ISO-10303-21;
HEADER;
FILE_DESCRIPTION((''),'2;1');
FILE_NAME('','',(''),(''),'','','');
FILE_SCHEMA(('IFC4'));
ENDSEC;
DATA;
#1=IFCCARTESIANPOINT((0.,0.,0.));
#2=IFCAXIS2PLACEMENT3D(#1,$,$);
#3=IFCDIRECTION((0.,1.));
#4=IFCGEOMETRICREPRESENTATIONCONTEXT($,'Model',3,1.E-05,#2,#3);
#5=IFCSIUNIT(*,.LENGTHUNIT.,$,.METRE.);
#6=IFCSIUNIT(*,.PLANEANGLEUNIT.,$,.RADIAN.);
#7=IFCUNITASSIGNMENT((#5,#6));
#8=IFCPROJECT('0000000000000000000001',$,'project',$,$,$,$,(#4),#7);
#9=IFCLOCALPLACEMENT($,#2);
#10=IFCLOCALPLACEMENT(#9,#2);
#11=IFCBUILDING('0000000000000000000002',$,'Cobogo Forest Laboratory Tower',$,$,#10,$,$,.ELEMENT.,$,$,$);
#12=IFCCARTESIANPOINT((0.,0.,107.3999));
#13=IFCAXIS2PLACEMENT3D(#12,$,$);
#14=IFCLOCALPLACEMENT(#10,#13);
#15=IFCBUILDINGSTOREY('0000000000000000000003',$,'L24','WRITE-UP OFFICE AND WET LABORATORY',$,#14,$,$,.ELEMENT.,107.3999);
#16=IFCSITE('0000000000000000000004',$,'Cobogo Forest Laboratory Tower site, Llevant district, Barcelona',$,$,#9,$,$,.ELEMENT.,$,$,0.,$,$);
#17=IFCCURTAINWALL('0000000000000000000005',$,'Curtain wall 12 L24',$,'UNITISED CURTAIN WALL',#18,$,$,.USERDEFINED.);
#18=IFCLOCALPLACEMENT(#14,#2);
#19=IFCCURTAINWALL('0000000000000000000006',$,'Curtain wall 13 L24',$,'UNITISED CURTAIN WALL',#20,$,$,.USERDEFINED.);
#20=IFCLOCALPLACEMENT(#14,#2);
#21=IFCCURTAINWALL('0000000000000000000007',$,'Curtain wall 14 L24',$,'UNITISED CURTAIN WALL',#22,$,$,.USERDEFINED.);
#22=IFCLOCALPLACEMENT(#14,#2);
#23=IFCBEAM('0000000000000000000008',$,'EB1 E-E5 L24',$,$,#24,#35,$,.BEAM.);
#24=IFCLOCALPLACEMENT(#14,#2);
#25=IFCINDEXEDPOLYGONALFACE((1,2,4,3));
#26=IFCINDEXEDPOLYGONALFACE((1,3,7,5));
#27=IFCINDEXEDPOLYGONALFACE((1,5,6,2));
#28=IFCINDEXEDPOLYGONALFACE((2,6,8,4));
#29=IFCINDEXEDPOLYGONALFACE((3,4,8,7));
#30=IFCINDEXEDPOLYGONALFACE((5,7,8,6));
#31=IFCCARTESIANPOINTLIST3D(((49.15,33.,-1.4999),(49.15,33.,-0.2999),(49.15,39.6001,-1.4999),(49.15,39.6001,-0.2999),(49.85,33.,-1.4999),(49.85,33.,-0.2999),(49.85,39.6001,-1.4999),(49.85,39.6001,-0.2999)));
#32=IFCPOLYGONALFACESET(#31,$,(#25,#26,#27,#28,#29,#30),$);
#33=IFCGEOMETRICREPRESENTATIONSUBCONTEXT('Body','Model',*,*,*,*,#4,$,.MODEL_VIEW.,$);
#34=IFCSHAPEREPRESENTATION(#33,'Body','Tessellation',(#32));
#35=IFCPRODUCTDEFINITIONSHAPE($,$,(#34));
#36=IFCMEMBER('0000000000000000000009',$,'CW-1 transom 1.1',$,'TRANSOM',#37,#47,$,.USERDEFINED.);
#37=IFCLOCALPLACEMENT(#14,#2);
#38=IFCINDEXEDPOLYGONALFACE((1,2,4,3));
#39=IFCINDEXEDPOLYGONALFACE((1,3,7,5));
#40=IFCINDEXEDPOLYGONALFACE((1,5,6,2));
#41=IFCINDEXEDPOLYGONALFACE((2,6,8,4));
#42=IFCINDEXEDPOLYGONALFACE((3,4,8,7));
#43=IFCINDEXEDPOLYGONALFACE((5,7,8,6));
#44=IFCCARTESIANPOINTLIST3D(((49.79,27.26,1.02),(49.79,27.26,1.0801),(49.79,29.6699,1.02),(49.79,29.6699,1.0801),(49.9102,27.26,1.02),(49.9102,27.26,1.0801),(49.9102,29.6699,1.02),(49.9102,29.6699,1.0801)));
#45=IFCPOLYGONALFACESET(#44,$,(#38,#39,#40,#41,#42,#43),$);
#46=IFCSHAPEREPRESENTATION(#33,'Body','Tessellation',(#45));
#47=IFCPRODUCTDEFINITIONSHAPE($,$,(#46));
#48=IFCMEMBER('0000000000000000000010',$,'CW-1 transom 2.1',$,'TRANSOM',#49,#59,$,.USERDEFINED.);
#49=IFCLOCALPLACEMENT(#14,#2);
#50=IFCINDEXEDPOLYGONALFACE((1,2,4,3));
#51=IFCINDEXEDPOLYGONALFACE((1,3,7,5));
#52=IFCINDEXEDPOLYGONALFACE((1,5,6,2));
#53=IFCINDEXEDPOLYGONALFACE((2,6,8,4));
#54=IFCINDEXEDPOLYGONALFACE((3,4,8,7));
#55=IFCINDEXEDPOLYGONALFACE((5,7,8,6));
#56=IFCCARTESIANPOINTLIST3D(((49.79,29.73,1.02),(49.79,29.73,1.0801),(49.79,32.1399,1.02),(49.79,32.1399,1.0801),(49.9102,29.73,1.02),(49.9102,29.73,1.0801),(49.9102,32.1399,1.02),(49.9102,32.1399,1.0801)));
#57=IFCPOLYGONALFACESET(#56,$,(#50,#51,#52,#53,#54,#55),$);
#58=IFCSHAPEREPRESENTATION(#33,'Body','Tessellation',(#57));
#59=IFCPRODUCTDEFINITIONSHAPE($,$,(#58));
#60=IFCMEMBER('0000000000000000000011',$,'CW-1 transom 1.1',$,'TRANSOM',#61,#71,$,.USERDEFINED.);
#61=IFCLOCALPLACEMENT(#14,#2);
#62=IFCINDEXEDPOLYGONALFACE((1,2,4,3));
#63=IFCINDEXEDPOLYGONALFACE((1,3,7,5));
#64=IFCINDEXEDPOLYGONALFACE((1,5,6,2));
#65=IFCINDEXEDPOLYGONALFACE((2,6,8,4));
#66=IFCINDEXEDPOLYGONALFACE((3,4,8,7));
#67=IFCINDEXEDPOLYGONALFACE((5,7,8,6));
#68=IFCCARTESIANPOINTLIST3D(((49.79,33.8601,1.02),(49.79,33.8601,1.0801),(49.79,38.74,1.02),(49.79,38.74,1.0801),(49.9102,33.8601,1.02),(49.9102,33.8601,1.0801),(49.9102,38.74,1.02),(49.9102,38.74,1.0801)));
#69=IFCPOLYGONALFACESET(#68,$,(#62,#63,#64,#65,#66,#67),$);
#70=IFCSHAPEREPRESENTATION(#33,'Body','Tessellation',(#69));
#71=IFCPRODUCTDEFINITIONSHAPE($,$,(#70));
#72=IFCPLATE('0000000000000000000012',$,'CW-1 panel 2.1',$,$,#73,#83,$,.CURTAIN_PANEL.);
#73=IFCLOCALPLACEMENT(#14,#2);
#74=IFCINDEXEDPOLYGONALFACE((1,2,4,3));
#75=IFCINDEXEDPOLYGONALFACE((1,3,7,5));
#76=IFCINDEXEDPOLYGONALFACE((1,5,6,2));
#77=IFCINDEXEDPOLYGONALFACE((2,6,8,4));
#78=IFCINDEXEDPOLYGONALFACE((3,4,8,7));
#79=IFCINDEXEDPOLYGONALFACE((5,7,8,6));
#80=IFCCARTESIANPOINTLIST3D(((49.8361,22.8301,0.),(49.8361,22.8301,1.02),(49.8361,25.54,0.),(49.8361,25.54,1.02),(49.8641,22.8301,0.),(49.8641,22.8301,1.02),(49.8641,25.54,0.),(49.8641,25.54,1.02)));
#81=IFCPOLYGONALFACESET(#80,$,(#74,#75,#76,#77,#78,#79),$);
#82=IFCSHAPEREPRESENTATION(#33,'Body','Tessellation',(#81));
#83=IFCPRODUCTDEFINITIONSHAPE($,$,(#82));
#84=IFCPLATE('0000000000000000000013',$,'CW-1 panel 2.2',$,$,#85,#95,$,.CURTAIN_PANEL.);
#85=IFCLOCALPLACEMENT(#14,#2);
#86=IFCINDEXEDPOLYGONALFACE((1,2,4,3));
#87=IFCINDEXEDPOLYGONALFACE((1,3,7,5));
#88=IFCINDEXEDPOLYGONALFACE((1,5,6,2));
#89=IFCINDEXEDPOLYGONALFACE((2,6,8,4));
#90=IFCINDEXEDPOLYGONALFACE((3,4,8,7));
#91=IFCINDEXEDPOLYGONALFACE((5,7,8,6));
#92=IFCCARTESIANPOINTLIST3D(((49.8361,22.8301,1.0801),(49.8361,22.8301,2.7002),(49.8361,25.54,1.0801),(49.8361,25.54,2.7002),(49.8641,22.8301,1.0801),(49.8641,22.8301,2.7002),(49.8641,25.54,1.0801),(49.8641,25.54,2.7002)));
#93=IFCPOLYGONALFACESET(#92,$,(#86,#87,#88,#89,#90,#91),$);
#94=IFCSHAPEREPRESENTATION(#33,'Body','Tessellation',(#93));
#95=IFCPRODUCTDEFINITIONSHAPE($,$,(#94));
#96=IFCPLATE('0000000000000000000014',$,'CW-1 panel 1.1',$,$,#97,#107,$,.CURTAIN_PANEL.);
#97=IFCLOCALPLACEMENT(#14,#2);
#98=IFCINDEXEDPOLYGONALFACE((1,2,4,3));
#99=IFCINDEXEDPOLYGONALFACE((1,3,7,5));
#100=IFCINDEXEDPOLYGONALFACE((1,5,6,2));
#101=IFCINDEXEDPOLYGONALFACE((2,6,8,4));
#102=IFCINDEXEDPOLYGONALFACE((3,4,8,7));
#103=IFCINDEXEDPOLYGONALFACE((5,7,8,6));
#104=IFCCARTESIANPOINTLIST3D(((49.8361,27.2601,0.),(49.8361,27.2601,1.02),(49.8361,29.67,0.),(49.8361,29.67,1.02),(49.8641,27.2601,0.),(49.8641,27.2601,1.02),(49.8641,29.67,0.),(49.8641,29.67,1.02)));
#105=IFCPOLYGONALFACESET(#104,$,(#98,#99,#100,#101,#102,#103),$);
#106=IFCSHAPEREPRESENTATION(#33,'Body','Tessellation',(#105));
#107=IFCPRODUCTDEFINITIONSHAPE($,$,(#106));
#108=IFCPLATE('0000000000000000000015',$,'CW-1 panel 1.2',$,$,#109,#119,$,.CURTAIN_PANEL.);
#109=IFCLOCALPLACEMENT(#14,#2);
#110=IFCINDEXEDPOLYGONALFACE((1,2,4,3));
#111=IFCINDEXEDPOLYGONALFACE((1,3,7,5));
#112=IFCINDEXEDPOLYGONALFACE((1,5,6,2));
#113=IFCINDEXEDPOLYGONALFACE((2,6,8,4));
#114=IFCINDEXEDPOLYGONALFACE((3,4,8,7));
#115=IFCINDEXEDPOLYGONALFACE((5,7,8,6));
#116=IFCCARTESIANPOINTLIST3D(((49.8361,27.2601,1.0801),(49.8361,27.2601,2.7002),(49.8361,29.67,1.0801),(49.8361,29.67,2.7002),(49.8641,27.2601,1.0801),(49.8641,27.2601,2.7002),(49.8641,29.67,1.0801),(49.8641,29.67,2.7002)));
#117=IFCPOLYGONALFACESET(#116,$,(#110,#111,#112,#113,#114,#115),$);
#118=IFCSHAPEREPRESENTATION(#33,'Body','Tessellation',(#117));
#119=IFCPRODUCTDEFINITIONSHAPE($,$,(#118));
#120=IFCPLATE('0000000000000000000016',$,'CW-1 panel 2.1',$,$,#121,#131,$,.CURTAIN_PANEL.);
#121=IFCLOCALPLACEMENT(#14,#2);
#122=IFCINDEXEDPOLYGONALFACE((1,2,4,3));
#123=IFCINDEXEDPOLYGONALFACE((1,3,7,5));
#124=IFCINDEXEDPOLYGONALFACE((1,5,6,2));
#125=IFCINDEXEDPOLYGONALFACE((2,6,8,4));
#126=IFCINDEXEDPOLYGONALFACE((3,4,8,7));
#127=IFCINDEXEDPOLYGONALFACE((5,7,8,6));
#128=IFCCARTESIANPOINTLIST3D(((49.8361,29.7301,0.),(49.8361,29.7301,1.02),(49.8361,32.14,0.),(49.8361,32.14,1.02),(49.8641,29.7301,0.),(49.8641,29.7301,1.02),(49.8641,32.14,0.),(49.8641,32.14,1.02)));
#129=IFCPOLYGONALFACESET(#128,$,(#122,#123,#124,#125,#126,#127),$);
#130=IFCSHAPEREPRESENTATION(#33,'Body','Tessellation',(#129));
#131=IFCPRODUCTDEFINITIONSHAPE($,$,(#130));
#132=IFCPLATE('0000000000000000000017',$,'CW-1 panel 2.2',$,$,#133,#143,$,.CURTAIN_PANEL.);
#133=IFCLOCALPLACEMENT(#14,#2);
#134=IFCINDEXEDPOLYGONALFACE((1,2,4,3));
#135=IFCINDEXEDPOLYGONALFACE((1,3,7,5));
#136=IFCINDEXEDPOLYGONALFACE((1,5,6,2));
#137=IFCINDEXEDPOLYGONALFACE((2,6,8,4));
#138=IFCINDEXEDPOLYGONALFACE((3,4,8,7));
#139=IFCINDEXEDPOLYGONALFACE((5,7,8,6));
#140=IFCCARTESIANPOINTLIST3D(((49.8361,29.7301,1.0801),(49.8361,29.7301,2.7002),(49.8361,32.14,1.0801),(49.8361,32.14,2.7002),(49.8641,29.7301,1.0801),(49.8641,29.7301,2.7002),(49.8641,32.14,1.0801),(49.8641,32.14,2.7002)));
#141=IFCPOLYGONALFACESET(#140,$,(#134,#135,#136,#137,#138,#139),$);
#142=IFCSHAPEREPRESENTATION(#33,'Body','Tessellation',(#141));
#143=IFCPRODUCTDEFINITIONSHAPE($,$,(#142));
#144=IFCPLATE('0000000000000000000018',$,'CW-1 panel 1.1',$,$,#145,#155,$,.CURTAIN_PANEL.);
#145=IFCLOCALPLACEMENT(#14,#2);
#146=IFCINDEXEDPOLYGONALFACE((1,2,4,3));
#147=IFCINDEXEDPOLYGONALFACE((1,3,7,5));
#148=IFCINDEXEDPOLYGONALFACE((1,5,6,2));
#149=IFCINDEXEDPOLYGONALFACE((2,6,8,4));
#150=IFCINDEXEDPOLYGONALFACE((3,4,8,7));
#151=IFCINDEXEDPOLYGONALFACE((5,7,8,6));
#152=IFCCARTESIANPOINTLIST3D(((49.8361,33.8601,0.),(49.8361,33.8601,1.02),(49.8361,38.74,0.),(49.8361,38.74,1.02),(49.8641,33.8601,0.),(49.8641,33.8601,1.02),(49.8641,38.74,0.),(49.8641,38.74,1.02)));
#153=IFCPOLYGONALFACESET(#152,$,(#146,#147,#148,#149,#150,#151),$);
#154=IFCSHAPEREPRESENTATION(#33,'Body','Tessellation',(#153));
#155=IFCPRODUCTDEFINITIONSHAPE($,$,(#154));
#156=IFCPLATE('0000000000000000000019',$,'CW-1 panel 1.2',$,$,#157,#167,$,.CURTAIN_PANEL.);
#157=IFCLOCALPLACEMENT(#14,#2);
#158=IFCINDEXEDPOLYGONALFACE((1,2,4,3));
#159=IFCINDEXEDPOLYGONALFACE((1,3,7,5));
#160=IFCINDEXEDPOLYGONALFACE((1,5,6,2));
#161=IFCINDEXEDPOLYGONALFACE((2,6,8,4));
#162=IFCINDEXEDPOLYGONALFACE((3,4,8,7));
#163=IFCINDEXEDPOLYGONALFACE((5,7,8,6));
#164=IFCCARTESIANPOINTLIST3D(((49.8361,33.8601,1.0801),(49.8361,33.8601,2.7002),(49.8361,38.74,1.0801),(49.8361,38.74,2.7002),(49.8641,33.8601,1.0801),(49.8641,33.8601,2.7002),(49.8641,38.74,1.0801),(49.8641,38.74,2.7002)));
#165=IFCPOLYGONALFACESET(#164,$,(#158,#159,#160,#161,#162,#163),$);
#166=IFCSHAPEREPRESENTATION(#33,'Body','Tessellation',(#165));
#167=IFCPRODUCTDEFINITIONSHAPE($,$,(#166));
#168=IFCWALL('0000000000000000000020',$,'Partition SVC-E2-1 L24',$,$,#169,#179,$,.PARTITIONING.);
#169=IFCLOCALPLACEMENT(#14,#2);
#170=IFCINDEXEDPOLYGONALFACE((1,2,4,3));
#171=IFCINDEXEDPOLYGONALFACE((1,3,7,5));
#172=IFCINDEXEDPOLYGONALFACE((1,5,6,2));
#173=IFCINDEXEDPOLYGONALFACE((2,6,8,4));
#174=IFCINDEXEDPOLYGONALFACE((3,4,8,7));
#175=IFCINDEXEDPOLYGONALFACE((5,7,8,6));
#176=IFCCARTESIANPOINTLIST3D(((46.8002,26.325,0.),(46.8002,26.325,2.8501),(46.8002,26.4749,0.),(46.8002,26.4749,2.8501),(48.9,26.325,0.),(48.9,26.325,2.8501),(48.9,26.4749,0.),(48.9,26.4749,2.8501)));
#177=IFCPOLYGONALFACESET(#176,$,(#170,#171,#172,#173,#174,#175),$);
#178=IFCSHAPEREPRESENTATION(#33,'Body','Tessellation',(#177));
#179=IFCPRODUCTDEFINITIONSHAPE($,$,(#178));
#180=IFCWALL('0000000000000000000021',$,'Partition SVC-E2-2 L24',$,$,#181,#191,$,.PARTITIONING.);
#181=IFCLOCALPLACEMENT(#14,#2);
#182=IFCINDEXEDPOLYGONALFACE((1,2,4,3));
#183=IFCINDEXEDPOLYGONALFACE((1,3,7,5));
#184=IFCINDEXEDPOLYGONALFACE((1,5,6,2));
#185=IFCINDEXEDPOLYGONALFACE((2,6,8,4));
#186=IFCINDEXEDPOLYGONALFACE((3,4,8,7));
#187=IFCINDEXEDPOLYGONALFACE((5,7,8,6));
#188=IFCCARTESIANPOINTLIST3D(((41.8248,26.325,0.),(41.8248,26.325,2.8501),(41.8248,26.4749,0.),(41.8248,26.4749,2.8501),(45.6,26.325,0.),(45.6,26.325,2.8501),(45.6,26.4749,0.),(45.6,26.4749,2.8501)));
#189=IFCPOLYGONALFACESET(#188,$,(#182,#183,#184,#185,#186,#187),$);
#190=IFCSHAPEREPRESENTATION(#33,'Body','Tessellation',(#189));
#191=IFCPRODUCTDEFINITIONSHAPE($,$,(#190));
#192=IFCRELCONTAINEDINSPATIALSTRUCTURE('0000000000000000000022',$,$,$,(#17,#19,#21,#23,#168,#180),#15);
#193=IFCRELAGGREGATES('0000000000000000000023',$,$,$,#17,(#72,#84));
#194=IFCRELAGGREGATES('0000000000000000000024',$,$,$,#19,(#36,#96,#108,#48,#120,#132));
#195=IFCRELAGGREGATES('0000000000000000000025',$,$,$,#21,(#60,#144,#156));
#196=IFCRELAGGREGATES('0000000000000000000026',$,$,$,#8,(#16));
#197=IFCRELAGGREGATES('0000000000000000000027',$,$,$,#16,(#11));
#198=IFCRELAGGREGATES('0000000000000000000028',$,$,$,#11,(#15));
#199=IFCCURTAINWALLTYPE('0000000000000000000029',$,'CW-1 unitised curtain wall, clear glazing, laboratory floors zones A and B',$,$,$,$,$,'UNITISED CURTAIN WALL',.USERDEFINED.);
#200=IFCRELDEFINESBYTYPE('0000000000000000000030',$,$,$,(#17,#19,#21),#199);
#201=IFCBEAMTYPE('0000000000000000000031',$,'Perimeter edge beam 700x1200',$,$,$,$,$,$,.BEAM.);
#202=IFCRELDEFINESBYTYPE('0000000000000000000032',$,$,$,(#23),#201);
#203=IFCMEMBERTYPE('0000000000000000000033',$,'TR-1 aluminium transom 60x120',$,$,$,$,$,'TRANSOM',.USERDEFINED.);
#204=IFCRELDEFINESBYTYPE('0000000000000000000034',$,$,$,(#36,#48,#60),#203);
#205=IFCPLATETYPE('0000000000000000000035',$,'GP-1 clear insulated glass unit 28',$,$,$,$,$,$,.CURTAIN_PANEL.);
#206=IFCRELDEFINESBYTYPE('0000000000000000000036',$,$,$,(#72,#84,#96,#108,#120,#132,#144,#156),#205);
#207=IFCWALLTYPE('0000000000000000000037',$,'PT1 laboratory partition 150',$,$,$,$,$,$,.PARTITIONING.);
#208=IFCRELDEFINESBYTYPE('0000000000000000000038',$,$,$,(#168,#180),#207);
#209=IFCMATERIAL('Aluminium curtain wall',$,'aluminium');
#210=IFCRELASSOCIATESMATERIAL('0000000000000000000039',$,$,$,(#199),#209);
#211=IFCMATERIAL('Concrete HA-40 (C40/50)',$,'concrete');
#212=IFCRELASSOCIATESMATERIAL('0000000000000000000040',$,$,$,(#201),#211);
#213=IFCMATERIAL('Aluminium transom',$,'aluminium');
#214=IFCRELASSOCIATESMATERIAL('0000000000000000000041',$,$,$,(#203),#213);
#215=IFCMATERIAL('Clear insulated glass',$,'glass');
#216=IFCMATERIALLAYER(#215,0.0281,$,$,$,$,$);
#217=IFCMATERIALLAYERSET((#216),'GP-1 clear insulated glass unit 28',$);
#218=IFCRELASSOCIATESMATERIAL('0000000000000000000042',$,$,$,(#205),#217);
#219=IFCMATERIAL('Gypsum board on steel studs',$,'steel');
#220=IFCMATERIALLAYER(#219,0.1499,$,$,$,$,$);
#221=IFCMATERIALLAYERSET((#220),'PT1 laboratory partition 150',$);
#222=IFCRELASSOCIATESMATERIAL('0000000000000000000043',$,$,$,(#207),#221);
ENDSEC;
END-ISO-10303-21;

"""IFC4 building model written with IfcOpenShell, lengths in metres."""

from ifc_helpers import new_model, si_unit, direction, frame, frame_2d, origin, origin_2d, place, context, subcontext, project, spatial, rectangle, extrude, material, layer, layer_set, material_profile, profile_set, type_object, element, aggregate, save


model = new_model("IFC4")

# Units and contexts
model_context = context("Model", 3, precision=1e-05, world=origin(), true_north=direction((0.0, 1.0)))
body_context = subcontext(model_context, "Body", "Model", "MODEL_VIEW")
ifc_project = project(units=[si_unit("LENGTHUNIT", "METRE"), si_unit("PLANEANGLEUNIT", "RADIAN")], contexts=[model_context])

# Site, building, storey
site_placement = place(None, origin())
site = spatial("IfcSite", under=ifc_project, at=site_placement, Name="Cobogo Forest Laboratory Tower site, Llevant district, Barcelona", CompositionType="ELEMENT", RefElevation=0.0)
building_placement = place(site_placement, origin())
building = spatial("IfcBuilding", under=site, at=building_placement, Name="Cobogo Forest Laboratory Tower", CompositionType="ELEMENT")
storey_placement = place(building_placement, frame((0.0, 0.0, 107.3999)))
storey = spatial("IfcBuildingStorey", under=building, at=storey_placement, Name="L24", Description="WRITE-UP OFFICE AND WET LABORATORY", CompositionType="ELEMENT", Elevation=107.3999)

# Shared definitions
ifc_material_1 = material(Name="Concrete HA-40 (C40/50)", Category="concrete")

# Curtain wall
ifc_material_2 = material(Name="Aluminium curtain wall", Category="aluminium")
curtain_wall_type = type_object("IfcCurtainWallType", Name="CW-1 unitised curtain wall, clear glazing, laboratory floors zones A and B", ElementType="UNITISED CURTAIN WALL", PredefinedType="USERDEFINED", material=ifc_material_2)
curtain_wall_1_placement = place(storey_placement, origin())
curtain_wall_1 = element("IfcCurtainWall", 1, at=curtain_wall_1_placement, inside=storey, type_object=curtain_wall_type, Name="Curtain wall 12 L24", ObjectType="UNITISED CURTAIN WALL", PredefinedType="USERDEFINED")

# Curtain walls
curtain_wall_2_placement = place(storey_placement, origin())
curtain_wall_2 = element("IfcCurtainWall", 2, at=curtain_wall_2_placement, inside=storey, type_object=curtain_wall_type, Name="Curtain wall 13 L24", ObjectType="UNITISED CURTAIN WALL", PredefinedType="USERDEFINED")
curtain_wall_3_placement = place(storey_placement, origin())
curtain_wall_3 = element("IfcCurtainWall", 3, at=curtain_wall_3_placement, inside=storey, type_object=curtain_wall_type, Name="Curtain wall 14 L24", ObjectType="UNITISED CURTAIN WALL", PredefinedType="USERDEFINED")

# Beam
ifc_material_profile_1 = material_profile(ifc_material_1, rectangle(XDim=0.7, YDim=1.2, at=origin_2d()), Name="RC 700x1200")
ifc_profile_set_1 = profile_set([ifc_material_profile_1], Name="Concrete HA-40 (C40/50)")
beam_type_1 = type_object("IfcBeamType", Name="Perimeter edge beam 700x1200", PredefinedType="BEAM", material=ifc_profile_set_1)
for number, where, z_axis, x_axis, name in (
    (4, (49.5, 33.0, -0.8999), (0.0, 1.0, 0.0), (-1.0, 0.0, 0.0), "EB1 E-E5 L24"),
):
    element("IfcBeam", number, at=place(storey_placement, frame(where, z_axis=z_axis, x_axis=x_axis)), inside=storey, type_object=beam_type_1, Name=name, PredefinedType="BEAM", context=body_context, shape_type="SweptSolid", body=[
        extrude(rectangle(XDim=0.7, YDim=1.2, at=origin_2d()), origin(), (0.0, 0.0, 1.0), 6.6001),
    ])

# Members
ifc_material_3 = material(Name="Aluminium transom", Category="aluminium")
ifc_material_profile_2 = material_profile(ifc_material_3, rectangle(XDim=0.1201, YDim=0.0601, at=origin_2d()), Name="AL 60x120")
ifc_profile_set_2 = profile_set([ifc_material_profile_2], Name="Aluminium transom")
member_type_1 = type_object("IfcMemberType", Name="TR-1 aluminium transom 60x120", ElementType="TRANSOM", PredefinedType="USERDEFINED", material=ifc_profile_set_2)
member_1_placement = place(storey_placement, frame((49.8501, 27.26, 1.05), z_axis=(0.0, 1.0, 0.0), x_axis=(-1.0, 0.0, 0.0)))
member_1 = element("IfcMember", 5, at=member_1_placement, type_object=member_type_1, Name="CW-1 transom 1.1", ObjectType="TRANSOM", PredefinedType="USERDEFINED", context=body_context, shape_type="SweptSolid", body=[
    extrude(rectangle(XDim=0.1201, YDim=0.0601, at=origin_2d()), origin(), (0.0, 0.0, 1.0), 2.4099),
])
member_2_placement = place(storey_placement, frame((49.8501, 29.73, 1.05), z_axis=(0.0, 1.0, 0.0), x_axis=(-1.0, 0.0, 0.0)))
member_2 = element("IfcMember", 6, at=member_2_placement, type_object=member_type_1, Name="CW-1 transom 2.1", ObjectType="TRANSOM", PredefinedType="USERDEFINED", context=body_context, shape_type="SweptSolid", body=[
    extrude(rectangle(XDim=0.1201, YDim=0.0601, at=origin_2d()), origin(), (0.0, 0.0, 1.0), 2.4099),
])
member_3_placement = place(storey_placement, frame((49.8501, 33.8601, 1.05), z_axis=(0.0, 1.0, 0.0), x_axis=(-1.0, 0.0, 0.0)))
member_3 = element("IfcMember", 7, at=member_3_placement, type_object=member_type_1, Name="CW-1 transom 1.1", ObjectType="TRANSOM", PredefinedType="USERDEFINED", context=body_context, shape_type="SweptSolid", body=[
    extrude(rectangle(XDim=0.1201, YDim=0.0601, at=origin_2d()), origin(), (0.0, 0.0, 1.0), 4.8799),
])

# Plates
ifc_material_4 = material(Name="Clear insulated glass", Category="glass")
ifc_layer_1 = layer(ifc_material_4, 0.0281)
ifc_layer_set_1 = layer_set([ifc_layer_1], Name="GP-1 clear insulated glass unit 28")
plate_type_1 = type_object("IfcPlateType", Name="GP-1 clear insulated glass unit 28", PredefinedType="CURTAIN_PANEL", material=ifc_layer_set_1)
plate_1_placement = place(storey_placement, frame((49.8501, 24.1851, 0.0), z_axis=(0.0, 0.0, 1.0), x_axis=(0.0, 1.0, 0.0)))
plate_1 = element("IfcPlate", 8, at=plate_1_placement, type_object=plate_type_1, Name="CW-1 panel 2.1", PredefinedType="CURTAIN_PANEL", context=body_context, shape_type="SweptSolid", body=[
    extrude(rectangle(XDim=2.71, YDim=0.0281, at=origin_2d()), origin(), (0.0, 0.0, 1.0), 1.02),
])
plate_2_placement = place(storey_placement, frame((49.8501, 24.1851, 1.0801), z_axis=(0.0, 0.0, 1.0), x_axis=(0.0, 1.0, 0.0)))
plate_2 = element("IfcPlate", 9, at=plate_2_placement, type_object=plate_type_1, Name="CW-1 panel 2.2", PredefinedType="CURTAIN_PANEL", context=body_context, shape_type="SweptSolid", body=[
    extrude(rectangle(XDim=2.71, YDim=0.0281, at=origin_2d()), origin(), (0.0, 0.0, 1.0), 1.6201),
])
aggregate(curtain_wall_1, [plate_1, plate_2])
plate_3_placement = place(storey_placement, frame((49.8501, 28.4651, 0.0), z_axis=(0.0, 0.0, 1.0), x_axis=(0.0, 1.0, 0.0)))
plate_3 = element("IfcPlate", 10, at=plate_3_placement, type_object=plate_type_1, Name="CW-1 panel 1.1", PredefinedType="CURTAIN_PANEL", context=body_context, shape_type="SweptSolid", body=[
    extrude(rectangle(XDim=2.4099, YDim=0.0281, at=origin_2d()), origin(), (0.0, 0.0, 1.0), 1.02),
])
plate_4_placement = place(storey_placement, frame((49.8501, 28.4651, 1.0801), z_axis=(0.0, 0.0, 1.0), x_axis=(0.0, 1.0, 0.0)))
plate_4 = element("IfcPlate", 11, at=plate_4_placement, type_object=plate_type_1, Name="CW-1 panel 1.2", PredefinedType="CURTAIN_PANEL", context=body_context, shape_type="SweptSolid", body=[
    extrude(rectangle(XDim=2.4099, YDim=0.0281, at=origin_2d()), origin(), (0.0, 0.0, 1.0), 1.6201),
])
plate_5_placement = place(storey_placement, frame((49.8501, 30.9351, 0.0), z_axis=(0.0, 0.0, 1.0), x_axis=(0.0, 1.0, 0.0)))
plate_5 = element("IfcPlate", 12, at=plate_5_placement, type_object=plate_type_1, Name="CW-1 panel 2.1", PredefinedType="CURTAIN_PANEL", context=body_context, shape_type="SweptSolid", body=[
    extrude(rectangle(XDim=2.4099, YDim=0.0281, at=origin_2d()), origin(), (0.0, 0.0, 1.0), 1.02),
])
plate_6_placement = place(storey_placement, frame((49.8501, 30.9351, 1.0801), z_axis=(0.0, 0.0, 1.0), x_axis=(0.0, 1.0, 0.0)))
plate_6 = element("IfcPlate", 13, at=plate_6_placement, type_object=plate_type_1, Name="CW-1 panel 2.2", PredefinedType="CURTAIN_PANEL", context=body_context, shape_type="SweptSolid", body=[
    extrude(rectangle(XDim=2.4099, YDim=0.0281, at=origin_2d()), origin(), (0.0, 0.0, 1.0), 1.6201),
])
aggregate(curtain_wall_2, [member_1, plate_3, plate_4, member_2, plate_5, plate_6])
plate_7_placement = place(storey_placement, frame((49.8501, 36.3, 0.0), z_axis=(0.0, 0.0, 1.0), x_axis=(0.0, 1.0, 0.0)))
plate_7 = element("IfcPlate", 14, at=plate_7_placement, type_object=plate_type_1, Name="CW-1 panel 1.1", PredefinedType="CURTAIN_PANEL", context=body_context, shape_type="SweptSolid", body=[
    extrude(rectangle(XDim=4.8799, YDim=0.0281, at=origin_2d()), origin(), (0.0, 0.0, 1.0), 1.02),
])
plate_8_placement = place(storey_placement, frame((49.8501, 36.3, 1.0801), z_axis=(0.0, 0.0, 1.0), x_axis=(0.0, 1.0, 0.0)))
plate_8 = element("IfcPlate", 15, at=plate_8_placement, type_object=plate_type_1, Name="CW-1 panel 1.2", PredefinedType="CURTAIN_PANEL", context=body_context, shape_type="SweptSolid", body=[
    extrude(rectangle(XDim=4.8799, YDim=0.0281, at=origin_2d()), origin(), (0.0, 0.0, 1.0), 1.6201),
])
aggregate(curtain_wall_3, [member_3, plate_7, plate_8])

# Walls
ifc_material_5 = material(Name="Gypsum board on steel studs", Category="steel")
ifc_layer_2 = layer(ifc_material_5, 0.1499)
ifc_layer_set_2 = layer_set([ifc_layer_2], Name="PT1 laboratory partition 150")
wall_type = type_object("IfcWallType", Name="PT1 laboratory partition 150", PredefinedType="PARTITIONING", material=ifc_layer_set_2)
wall_1_placement = place(storey_placement, frame((48.8999, 26.3999, 0.0), z_axis=(0.0, 0.0, 1.0), x_axis=(-1.0, 0.0, 0.0)))
element("IfcWall", 16, at=wall_1_placement, inside=storey, type_object=wall_type, Name="Partition SVC-E2-1 L24", PredefinedType="PARTITIONING", context=body_context, shape_type="SweptSolid", body=[
    extrude(rectangle(XDim=2.0999, YDim=0.1499, at=frame_2d((1.0498, 0.0))), origin(), (0.0, 0.0, 1.0), 2.8501),
])
wall_2_placement = place(storey_placement, frame((45.6001, 26.3999, 0.0), z_axis=(0.0, 0.0, 1.0), x_axis=(-1.0, 0.0, 0.0)))
element("IfcWall", 17, at=wall_2_placement, inside=storey, type_object=wall_type, Name="Partition SVC-E2-2 L24", PredefinedType="PARTITIONING", context=body_context, shape_type="SweptSolid", body=[
    extrude(rectangle(XDim=3.7751, YDim=0.1499, at=frame_2d((1.8877, 0.0))), origin(), (0.0, 0.0, 1.0), 2.8501),
])

save(model, "model.ifc")
